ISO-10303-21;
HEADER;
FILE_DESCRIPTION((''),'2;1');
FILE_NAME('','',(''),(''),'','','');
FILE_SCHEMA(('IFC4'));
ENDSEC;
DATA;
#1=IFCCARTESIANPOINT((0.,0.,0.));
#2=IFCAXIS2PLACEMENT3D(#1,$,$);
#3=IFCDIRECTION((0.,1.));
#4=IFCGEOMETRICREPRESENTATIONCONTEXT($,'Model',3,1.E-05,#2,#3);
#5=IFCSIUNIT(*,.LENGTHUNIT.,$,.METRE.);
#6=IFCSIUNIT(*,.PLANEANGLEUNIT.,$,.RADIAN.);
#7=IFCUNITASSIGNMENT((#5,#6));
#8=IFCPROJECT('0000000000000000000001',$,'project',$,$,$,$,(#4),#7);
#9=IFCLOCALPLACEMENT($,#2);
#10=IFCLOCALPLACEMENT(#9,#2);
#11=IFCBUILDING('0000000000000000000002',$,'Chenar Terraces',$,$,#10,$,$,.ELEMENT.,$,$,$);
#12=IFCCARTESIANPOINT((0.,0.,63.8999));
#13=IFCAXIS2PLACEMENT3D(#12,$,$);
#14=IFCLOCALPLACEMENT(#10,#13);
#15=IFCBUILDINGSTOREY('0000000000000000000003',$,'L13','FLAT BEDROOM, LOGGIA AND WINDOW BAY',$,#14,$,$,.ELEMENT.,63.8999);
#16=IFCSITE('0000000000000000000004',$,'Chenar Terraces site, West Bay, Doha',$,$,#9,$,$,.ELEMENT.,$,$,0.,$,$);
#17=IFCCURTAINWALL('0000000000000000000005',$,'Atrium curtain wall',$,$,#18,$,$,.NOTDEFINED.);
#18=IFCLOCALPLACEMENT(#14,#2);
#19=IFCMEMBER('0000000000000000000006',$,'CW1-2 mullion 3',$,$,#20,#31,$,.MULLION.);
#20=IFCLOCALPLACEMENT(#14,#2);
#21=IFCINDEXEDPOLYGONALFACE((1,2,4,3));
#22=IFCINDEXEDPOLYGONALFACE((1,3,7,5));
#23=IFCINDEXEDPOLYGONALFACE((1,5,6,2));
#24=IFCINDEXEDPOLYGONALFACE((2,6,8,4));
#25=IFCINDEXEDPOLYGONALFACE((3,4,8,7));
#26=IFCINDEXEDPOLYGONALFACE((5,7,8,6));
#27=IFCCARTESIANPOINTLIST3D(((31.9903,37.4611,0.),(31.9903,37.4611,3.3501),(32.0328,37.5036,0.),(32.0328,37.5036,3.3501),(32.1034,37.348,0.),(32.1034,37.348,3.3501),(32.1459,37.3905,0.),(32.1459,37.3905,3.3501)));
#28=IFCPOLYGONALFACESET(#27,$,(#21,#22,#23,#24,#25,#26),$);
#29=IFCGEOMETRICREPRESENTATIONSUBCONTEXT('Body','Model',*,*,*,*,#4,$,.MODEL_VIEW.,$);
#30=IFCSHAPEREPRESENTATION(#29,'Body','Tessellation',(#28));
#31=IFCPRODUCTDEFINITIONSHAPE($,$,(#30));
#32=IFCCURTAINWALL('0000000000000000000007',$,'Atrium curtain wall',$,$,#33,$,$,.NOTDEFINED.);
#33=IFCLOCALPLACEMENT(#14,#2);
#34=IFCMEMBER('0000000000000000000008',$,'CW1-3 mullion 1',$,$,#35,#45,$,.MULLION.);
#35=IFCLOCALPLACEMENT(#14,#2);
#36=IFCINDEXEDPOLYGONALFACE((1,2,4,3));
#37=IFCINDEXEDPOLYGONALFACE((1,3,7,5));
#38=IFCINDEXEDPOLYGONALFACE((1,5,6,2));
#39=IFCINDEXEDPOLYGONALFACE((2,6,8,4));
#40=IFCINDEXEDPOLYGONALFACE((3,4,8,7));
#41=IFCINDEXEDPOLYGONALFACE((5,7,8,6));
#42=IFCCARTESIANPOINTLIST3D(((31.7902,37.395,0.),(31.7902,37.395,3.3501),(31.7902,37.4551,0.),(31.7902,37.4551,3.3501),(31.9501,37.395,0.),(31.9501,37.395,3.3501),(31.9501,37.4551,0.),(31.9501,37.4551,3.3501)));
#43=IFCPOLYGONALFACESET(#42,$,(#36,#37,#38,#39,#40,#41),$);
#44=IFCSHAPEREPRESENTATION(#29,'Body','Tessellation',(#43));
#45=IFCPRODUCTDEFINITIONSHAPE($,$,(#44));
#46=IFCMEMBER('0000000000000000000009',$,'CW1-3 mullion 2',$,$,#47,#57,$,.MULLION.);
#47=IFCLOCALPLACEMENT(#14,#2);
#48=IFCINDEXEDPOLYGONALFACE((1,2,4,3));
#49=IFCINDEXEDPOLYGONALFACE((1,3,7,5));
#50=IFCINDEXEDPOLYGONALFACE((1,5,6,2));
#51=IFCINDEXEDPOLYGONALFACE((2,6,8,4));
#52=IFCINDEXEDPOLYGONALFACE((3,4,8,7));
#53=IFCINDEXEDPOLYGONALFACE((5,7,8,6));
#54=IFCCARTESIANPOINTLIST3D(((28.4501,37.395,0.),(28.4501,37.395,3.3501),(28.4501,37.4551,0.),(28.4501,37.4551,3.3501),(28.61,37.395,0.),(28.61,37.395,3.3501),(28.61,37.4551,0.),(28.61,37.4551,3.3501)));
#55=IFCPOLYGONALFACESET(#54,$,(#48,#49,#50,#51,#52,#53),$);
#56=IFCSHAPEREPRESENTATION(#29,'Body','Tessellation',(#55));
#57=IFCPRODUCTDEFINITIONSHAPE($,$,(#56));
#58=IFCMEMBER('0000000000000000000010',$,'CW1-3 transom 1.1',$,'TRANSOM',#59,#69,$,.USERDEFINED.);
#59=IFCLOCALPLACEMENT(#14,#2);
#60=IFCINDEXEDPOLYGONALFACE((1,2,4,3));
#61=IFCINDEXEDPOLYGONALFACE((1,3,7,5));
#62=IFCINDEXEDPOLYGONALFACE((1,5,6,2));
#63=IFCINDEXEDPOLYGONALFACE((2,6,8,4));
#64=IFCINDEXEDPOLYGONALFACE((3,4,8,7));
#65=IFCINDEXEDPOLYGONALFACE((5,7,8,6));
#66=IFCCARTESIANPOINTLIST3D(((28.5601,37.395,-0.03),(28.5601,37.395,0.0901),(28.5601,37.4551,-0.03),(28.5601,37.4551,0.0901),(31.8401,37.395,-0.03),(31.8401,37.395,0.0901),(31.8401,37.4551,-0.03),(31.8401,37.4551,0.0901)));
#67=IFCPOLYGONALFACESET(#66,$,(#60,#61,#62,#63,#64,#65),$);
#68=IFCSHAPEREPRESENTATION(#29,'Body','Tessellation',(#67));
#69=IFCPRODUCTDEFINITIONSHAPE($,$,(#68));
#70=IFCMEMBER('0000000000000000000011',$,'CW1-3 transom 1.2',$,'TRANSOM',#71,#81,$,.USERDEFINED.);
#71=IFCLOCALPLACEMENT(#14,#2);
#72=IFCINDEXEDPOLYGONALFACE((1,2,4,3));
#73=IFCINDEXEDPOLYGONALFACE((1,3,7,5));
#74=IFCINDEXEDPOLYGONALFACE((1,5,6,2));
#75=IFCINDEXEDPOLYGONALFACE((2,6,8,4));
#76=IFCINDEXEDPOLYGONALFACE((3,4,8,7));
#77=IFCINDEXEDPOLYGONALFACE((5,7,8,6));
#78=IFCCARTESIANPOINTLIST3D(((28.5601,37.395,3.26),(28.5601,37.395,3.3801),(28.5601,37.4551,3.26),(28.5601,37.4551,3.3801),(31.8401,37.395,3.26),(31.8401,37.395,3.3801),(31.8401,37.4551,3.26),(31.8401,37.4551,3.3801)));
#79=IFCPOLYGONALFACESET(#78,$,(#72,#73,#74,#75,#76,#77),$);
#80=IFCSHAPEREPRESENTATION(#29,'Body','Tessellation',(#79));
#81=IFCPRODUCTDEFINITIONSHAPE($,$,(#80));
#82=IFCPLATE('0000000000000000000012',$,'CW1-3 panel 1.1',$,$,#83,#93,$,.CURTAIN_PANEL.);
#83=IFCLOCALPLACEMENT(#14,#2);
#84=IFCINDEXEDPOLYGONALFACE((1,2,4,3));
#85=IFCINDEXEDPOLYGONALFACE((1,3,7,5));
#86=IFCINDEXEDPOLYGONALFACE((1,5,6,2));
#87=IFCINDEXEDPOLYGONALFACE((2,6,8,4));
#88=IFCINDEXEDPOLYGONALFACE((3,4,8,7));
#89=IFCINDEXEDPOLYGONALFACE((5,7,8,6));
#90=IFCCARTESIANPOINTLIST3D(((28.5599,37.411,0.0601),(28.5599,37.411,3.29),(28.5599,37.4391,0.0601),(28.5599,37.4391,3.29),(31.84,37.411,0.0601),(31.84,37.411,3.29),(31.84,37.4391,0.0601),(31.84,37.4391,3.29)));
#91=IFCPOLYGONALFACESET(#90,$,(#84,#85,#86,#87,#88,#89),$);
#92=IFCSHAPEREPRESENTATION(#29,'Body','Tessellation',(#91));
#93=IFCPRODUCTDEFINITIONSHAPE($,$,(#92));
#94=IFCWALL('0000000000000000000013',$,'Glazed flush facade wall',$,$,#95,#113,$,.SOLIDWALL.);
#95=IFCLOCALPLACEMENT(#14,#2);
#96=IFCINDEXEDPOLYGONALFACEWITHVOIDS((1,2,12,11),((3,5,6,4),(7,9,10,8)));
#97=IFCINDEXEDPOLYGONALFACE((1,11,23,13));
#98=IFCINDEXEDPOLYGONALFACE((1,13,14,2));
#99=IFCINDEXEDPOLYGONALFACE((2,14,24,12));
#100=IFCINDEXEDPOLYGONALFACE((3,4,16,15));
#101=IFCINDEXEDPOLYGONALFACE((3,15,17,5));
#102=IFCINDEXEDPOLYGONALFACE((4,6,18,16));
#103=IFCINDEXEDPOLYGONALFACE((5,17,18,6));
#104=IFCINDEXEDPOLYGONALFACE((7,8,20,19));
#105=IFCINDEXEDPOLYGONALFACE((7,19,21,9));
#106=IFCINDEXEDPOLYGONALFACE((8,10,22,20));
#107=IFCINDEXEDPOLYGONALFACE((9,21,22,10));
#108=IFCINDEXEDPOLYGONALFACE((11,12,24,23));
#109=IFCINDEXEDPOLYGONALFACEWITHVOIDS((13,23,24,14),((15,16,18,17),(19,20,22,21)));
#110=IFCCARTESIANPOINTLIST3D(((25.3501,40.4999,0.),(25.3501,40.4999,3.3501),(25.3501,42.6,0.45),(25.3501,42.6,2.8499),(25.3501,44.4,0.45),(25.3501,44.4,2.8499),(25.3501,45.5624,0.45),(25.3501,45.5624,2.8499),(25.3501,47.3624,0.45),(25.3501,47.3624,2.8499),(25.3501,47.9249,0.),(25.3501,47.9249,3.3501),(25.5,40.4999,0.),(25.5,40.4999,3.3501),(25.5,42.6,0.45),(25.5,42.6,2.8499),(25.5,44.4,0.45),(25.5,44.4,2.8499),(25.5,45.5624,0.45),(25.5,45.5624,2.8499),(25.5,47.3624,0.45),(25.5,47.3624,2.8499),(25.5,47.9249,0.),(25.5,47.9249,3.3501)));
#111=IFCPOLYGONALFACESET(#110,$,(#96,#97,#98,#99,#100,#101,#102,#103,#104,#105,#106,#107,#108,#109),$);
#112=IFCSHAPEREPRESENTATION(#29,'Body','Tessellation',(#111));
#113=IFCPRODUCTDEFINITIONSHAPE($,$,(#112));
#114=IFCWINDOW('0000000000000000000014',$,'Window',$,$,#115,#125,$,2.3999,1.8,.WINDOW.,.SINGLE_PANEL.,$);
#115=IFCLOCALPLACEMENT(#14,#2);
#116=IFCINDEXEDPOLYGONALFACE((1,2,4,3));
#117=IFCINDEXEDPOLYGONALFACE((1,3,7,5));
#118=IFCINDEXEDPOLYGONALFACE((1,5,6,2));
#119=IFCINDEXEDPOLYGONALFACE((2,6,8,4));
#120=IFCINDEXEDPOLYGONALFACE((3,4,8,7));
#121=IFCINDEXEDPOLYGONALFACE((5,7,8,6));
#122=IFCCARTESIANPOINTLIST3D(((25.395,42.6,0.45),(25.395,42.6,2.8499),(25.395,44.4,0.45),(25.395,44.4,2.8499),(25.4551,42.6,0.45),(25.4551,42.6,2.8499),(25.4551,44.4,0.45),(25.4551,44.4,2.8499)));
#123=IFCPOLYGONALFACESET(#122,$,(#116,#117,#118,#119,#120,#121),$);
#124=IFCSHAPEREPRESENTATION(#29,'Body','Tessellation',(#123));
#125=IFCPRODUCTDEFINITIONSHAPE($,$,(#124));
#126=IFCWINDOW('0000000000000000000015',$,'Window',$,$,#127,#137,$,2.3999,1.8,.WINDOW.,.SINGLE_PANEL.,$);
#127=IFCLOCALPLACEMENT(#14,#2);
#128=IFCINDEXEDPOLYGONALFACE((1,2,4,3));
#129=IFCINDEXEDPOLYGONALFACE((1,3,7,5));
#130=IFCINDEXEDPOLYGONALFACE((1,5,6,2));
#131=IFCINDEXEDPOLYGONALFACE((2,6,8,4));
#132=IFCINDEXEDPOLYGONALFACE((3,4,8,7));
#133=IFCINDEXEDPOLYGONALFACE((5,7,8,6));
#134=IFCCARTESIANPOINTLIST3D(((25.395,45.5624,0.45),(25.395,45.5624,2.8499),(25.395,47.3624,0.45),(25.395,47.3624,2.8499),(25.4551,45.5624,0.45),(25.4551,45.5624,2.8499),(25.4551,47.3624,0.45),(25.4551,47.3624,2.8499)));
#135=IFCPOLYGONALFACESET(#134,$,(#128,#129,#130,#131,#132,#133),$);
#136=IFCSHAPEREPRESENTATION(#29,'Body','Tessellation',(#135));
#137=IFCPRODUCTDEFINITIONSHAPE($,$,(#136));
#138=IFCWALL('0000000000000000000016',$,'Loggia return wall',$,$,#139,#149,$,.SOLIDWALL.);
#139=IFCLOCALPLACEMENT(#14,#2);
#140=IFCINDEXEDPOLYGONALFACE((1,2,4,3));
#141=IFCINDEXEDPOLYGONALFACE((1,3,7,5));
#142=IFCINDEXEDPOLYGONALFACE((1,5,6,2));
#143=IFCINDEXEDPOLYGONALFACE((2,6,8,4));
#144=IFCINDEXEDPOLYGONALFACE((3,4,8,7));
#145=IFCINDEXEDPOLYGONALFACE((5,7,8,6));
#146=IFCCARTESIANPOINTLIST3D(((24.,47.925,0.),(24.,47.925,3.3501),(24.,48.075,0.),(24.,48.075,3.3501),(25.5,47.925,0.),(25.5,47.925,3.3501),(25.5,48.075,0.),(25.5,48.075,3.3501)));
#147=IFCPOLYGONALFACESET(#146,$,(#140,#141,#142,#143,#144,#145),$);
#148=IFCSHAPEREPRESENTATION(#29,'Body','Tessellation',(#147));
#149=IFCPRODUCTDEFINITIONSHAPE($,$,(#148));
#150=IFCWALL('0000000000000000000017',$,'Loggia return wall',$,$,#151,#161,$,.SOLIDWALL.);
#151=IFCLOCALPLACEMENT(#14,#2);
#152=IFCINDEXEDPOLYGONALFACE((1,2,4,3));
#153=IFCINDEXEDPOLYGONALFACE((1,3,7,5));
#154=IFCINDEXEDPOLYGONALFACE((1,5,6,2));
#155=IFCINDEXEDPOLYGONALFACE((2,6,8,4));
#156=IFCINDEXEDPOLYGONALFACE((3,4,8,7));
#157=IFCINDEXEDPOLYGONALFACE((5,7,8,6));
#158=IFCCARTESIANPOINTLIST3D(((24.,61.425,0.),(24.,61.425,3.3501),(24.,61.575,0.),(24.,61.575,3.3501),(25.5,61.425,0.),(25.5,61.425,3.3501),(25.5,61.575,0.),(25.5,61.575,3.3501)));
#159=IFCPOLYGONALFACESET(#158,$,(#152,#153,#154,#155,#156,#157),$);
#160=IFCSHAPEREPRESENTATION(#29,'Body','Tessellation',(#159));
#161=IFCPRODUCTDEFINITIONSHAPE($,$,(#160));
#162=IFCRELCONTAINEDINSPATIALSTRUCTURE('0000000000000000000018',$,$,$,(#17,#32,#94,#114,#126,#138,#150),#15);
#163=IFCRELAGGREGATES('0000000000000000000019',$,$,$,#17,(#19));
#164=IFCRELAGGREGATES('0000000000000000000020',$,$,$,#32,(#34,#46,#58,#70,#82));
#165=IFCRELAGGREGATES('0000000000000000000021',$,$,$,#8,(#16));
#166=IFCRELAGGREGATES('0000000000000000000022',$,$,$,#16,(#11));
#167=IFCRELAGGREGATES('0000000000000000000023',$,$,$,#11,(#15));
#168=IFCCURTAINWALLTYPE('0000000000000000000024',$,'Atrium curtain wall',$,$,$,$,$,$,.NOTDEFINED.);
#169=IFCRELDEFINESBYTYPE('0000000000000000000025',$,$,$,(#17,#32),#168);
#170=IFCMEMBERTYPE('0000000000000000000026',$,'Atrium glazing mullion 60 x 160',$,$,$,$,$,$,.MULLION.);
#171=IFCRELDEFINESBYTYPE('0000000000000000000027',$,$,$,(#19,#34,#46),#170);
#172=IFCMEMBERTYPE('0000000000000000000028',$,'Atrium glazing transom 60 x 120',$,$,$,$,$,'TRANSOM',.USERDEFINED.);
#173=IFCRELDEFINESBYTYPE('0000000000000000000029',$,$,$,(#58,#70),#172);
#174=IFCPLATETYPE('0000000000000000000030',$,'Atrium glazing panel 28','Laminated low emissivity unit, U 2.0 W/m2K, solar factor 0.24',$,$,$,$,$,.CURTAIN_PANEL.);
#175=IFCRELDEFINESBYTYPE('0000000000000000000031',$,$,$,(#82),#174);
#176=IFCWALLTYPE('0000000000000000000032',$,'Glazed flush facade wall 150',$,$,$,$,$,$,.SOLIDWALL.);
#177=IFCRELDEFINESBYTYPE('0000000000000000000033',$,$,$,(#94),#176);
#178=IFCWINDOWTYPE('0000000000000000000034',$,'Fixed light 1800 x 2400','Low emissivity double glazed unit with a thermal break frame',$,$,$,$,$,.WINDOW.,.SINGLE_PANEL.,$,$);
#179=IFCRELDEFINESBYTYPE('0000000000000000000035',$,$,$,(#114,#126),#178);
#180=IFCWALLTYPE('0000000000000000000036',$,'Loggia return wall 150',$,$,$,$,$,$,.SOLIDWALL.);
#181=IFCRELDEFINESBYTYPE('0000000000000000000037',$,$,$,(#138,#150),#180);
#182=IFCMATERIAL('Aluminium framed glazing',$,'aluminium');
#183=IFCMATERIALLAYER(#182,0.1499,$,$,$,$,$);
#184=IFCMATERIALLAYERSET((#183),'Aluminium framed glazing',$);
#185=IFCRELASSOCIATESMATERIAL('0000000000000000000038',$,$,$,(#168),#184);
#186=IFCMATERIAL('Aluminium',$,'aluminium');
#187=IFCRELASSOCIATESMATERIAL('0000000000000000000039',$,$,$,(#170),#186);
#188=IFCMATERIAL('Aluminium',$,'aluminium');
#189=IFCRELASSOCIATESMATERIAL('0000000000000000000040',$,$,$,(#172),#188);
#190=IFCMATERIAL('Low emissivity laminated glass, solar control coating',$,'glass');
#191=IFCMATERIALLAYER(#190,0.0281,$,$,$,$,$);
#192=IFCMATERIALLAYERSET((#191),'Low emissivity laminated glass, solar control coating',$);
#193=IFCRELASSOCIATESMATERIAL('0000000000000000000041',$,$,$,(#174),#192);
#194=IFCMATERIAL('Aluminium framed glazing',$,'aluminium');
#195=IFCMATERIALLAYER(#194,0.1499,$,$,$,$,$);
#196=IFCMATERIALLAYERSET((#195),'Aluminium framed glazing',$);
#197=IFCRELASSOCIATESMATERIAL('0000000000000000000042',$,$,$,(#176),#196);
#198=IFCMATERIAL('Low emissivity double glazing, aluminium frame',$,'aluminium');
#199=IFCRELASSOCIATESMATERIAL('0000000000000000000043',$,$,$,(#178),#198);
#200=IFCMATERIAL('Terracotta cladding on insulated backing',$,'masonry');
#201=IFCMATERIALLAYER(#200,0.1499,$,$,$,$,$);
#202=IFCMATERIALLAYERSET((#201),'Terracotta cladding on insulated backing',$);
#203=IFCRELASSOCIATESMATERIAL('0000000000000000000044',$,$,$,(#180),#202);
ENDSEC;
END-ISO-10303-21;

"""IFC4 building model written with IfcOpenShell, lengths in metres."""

from ifc_helpers import new_model, si_unit, direction, frame, frame_2d, origin, origin_2d, place, context, subcontext, project, spatial, rectangle, extrude, material, layer, layer_set, material_profile, profile_set, type_object, element, fill, aggregate, save


model = new_model("IFC4")

# Units and contexts
model_context = context("Model", 3, precision=1e-05, world=origin(), true_north=direction((0.0, 1.0)))
body_context = subcontext(model_context, "Body", "Model", "MODEL_VIEW")
ifc_project = project(units=[si_unit("LENGTHUNIT", "METRE"), si_unit("PLANEANGLEUNIT", "RADIAN")], contexts=[model_context])

# Site, building, storey
site_placement = place(None, origin())
site = spatial("IfcSite", under=ifc_project, at=site_placement, Name="Chenar Terraces site, West Bay, Doha", CompositionType="ELEMENT", RefElevation=0.0)
building_placement = place(site_placement, origin())
building = spatial("IfcBuilding", under=site, at=building_placement, Name="Chenar Terraces", CompositionType="ELEMENT")
storey_placement = place(building_placement, frame((0.0, 0.0, 63.8999)))
storey = spatial("IfcBuildingStorey", under=building, at=storey_placement, Name="L13", Description="FLAT BEDROOM, LOGGIA AND WINDOW BAY", CompositionType="ELEMENT", Elevation=63.8999)

# Curtain wall, member
ifc_material_1 = material(Name="Aluminium framed glazing", Category="aluminium")
ifc_layer_1 = layer(ifc_material_1, 0.1499)
ifc_layer_set_1 = layer_set([ifc_layer_1], Name="Aluminium framed glazing")
curtain_wall_type = type_object("IfcCurtainWallType", Name="Atrium curtain wall", PredefinedType="NOTDEFINED", material=ifc_layer_set_1)
placement = place(storey_placement, origin())
curtain_wall_1 = element("IfcCurtainWall", 1, at=placement, inside=storey, type_object=curtain_wall_type, Name="Atrium curtain wall", PredefinedType="NOTDEFINED")
ifc_material_2 = material(Name="Aluminium", Category="aluminium")
ifc_material_profile_1 = material_profile(ifc_material_2, rectangle(XDim=0.0601, YDim=0.1599, at=origin_2d()), Name="Atrium glazing mullion 60 x 160")
ifc_profile_set_1 = profile_set([ifc_material_profile_1], Name="Aluminium")
member_type_1 = type_object("IfcMemberType", Name="Atrium glazing mullion 60 x 160", PredefinedType="MULLION", material=ifc_profile_set_1)
member_1_placement = place(storey_placement, frame((32.0681, 37.4258, 0.0), z_axis=(0.0, 0.0, 1.0), x_axis=(-0.707107, -0.707107, 0.0)))
member_1 = element("IfcMember", 2, at=member_1_placement, type_object=member_type_1, Name="CW1-2 mullion 3", PredefinedType="MULLION", context=body_context, shape_type="SweptSolid", body=[
    extrude(rectangle(XDim=0.0601, YDim=0.1599, at=origin_2d()), origin(), (0.0, 0.0, 1.0), 3.3501),
])
aggregate(curtain_wall_1, [member_1])

# Curtain wall, members, plate
curtain_wall_2 = element("IfcCurtainWall", 3, at=placement, inside=storey, type_object=curtain_wall_type, Name="Atrium curtain wall", PredefinedType="NOTDEFINED")
member_2_placement = place(storey_placement, frame((31.8701, 37.425, 0.0), z_axis=(0.0, 0.0, 1.0), x_axis=(0.0, -1.0, 0.0)))
member_2 = element("IfcMember", 4, at=member_2_placement, type_object=member_type_1, Name="CW1-3 mullion 1", PredefinedType="MULLION", context=body_context, shape_type="SweptSolid", body=[
    extrude(rectangle(XDim=0.0601, YDim=0.1599, at=origin_2d()), origin(), (0.0, 0.0, 1.0), 3.3501),
])
member_3_placement = place(storey_placement, frame((28.53, 37.425, 0.0), z_axis=(0.0, 0.0, 1.0), x_axis=(0.0, -1.0, 0.0)))
member_3 = element("IfcMember", 5, at=member_3_placement, type_object=member_type_1, Name="CW1-3 mullion 2", PredefinedType="MULLION", context=body_context, shape_type="SweptSolid", body=[
    extrude(rectangle(XDim=0.0601, YDim=0.1599, at=origin_2d()), origin(), (0.0, 0.0, 1.0), 3.3501),
])
ifc_material_3 = material(Name="Aluminium", Category="aluminium")
ifc_material_profile_2 = material_profile(ifc_material_3, rectangle(XDim=0.0601, YDim=0.1201, at=origin_2d()), Name="Atrium glazing transom 60 x 120")
ifc_profile_set_2 = profile_set([ifc_material_profile_2], Name="Aluminium")
member_type_2 = type_object("IfcMemberType", Name="Atrium glazing transom 60 x 120", ElementType="TRANSOM", PredefinedType="USERDEFINED", material=ifc_profile_set_2)
member_4_placement = place(storey_placement, frame((31.8401, 37.425, 0.03), z_axis=(-1.0, 0.0, 0.0), x_axis=(0.0, -1.0, 0.0)))
member_4 = element("IfcMember", 6, at=member_4_placement, type_object=member_type_2, Name="CW1-3 transom 1.1", ObjectType="TRANSOM", PredefinedType="USERDEFINED", context=body_context, shape_type="SweptSolid", body=[
    extrude(rectangle(XDim=0.0601, YDim=0.1201, at=origin_2d()), origin(), (0.0, 0.0, 1.0), 3.28),
])
member_5_placement = place(storey_placement, frame((31.8401, 37.425, 3.3201), z_axis=(-1.0, 0.0, 0.0), x_axis=(0.0, -1.0, 0.0)))
member_5 = element("IfcMember", 7, at=member_5_placement, type_object=member_type_2, Name="CW1-3 transom 1.2", ObjectType="TRANSOM", PredefinedType="USERDEFINED", context=body_context, shape_type="SweptSolid", body=[
    extrude(rectangle(XDim=0.0601, YDim=0.1201, at=origin_2d()), origin(), (0.0, 0.0, 1.0), 3.28),
])
ifc_material_4 = material(Name="Low emissivity laminated glass, solar control coating", Category="glass")
ifc_layer_2 = layer(ifc_material_4, 0.0281)
ifc_layer_set_2 = layer_set([ifc_layer_2], Name="Low emissivity laminated glass, solar control coating")
plate_type = type_object("IfcPlateType", Name="Atrium glazing panel 28", Description="Laminated low emissivity unit, U 2.0 W/m2K, solar factor 0.24", PredefinedType="CURTAIN_PANEL", material=ifc_layer_set_2)
plate_placement = place(storey_placement, frame((30.2, 37.425, 0.0601), z_axis=(0.0, 0.0, 1.0), x_axis=(-1.0, 0.0, 0.0)))
plate = element("IfcPlate", 8, at=plate_placement, type_object=plate_type, Name="CW1-3 panel 1.1", PredefinedType="CURTAIN_PANEL", context=body_context, shape_type="SweptSolid", body=[
    extrude(rectangle(XDim=3.28, YDim=0.0281, at=origin_2d()), origin(), (0.0, 0.0, 1.0), 3.23),
])
aggregate(curtain_wall_2, [member_2, member_3, member_4, member_5, plate])

# Wall, openings, windows
ifc_material_5 = material(Name="Aluminium framed glazing", Category="aluminium")
ifc_layer_3 = layer(ifc_material_5, 0.1499)
ifc_layer_set_3 = layer_set([ifc_layer_3], Name="Aluminium framed glazing")
wall_type_1 = type_object("IfcWallType", Name="Glazed flush facade wall 150", PredefinedType="SOLIDWALL", material=ifc_layer_set_3)
wall_1_placement = place(storey_placement, frame((25.425, 40.5, 0.0), z_axis=(0.0, 0.0, 1.0), x_axis=(0.0, 1.0, 0.0)))
wall_1 = element("IfcWall", 9, at=wall_1_placement, inside=storey, type_object=wall_type_1, Name="Glazed flush facade wall", PredefinedType="SOLIDWALL", context=body_context, shape_type="SweptSolid", body=[
    extrude(rectangle(XDim=7.425, YDim=0.1499, at=frame_2d((3.7124, 0.0))), origin(), (0.0, 0.0, 1.0), 3.3501),
])
opening_1_placement = place(wall_1_placement, frame((2.1001, 0.0, 0.45)))
opening_1 = element("IfcOpeningElement", 10, at=opening_1_placement, cuts=wall_1, PredefinedType="OPENING", context=body_context, shape_type="SweptSolid", body=[
    extrude(rectangle(XDim=1.8, YDim=2.3999, at=frame_2d((0.8999, 1.2))), frame((0.0, 0.085, 0.0), z_axis=(0.0, -1.0, 0.0), x_axis=(1.0, 0.0, 0.0)), (0.0, 0.0, 1.0), 0.1699),
])
opening_2_placement = place(wall_1_placement, frame((5.0625, 0.0, 0.45)))
opening_2 = element("IfcOpeningElement", 11, at=opening_2_placement, cuts=wall_1, PredefinedType="OPENING", context=body_context, shape_type="SweptSolid", body=[
    extrude(rectangle(XDim=1.8, YDim=2.3999, at=frame_2d((0.8999, 1.2))), frame((0.0, 0.085, 0.0), z_axis=(0.0, -1.0, 0.0), x_axis=(1.0, 0.0, 0.0)), (0.0, 0.0, 1.0), 0.1699),
])
ifc_material_6 = material(Name="Low emissivity double glazing, aluminium frame", Category="aluminium")
window_type_1 = type_object("IfcWindowType", Name="Fixed light 1800 x 2400", Description="Low emissivity double glazed unit with a thermal break frame", PartitioningType="SINGLE_PANEL", PredefinedType="WINDOW", material=ifc_material_6)
window_1_placement = place(opening_1_placement, origin())
window_1 = element("IfcWindow", 12, at=window_1_placement, inside=storey, type_object=window_type_1, Name="Window", OverallHeight=2.3999, OverallWidth=1.8, PartitioningType="SINGLE_PANEL", PredefinedType="WINDOW", context=body_context, shape_type="SweptSolid", body=[
    extrude(rectangle(XDim=1.8, YDim=2.3999, at=frame_2d((0.8999, 1.2))), frame((0.0, 0.03, 0.0), z_axis=(0.0, -1.0, 0.0), x_axis=(1.0, 0.0, 0.0)), (0.0, 0.0, 1.0), 0.0601),
])
fill(opening_1, window_1)
window_2_placement = place(opening_2_placement, origin())
window_2 = element("IfcWindow", 13, at=window_2_placement, inside=storey, type_object=window_type_1, Name="Window", OverallHeight=2.3999, OverallWidth=1.8, PartitioningType="SINGLE_PANEL", PredefinedType="WINDOW", context=body_context, shape_type="SweptSolid", body=[
    extrude(rectangle(XDim=1.8, YDim=2.3999, at=frame_2d((0.8999, 1.2))), frame((0.0, 0.03, 0.0), z_axis=(0.0, -1.0, 0.0), x_axis=(1.0, 0.0, 0.0)), (0.0, 0.0, 1.0), 0.0601),
])
fill(opening_2, window_2)

# Walls
ifc_material_7 = material(Name="Terracotta cladding on insulated backing", Category="masonry")
ifc_layer_4 = layer(ifc_material_7, 0.1499)
ifc_layer_set_4 = layer_set([ifc_layer_4], Name="Terracotta cladding on insulated backing")
wall_type_2 = type_object("IfcWallType", Name="Loggia return wall 150", PredefinedType="SOLIDWALL", material=ifc_layer_set_4)
for number, where, z_axis, x_axis, name in (
    (14, (25.5, 48.0, 0.0), (0.0, 0.0, 1.0), (-1.0, 0.0, 0.0), "Loggia return wall"),
    (15, (25.5, 61.5, 0.0), (0.0, 0.0, 1.0), (-1.0, 0.0, 0.0), "Loggia return wall"),
):
    element("IfcWall", number, at=place(storey_placement, frame(where, z_axis=z_axis, x_axis=x_axis)), inside=storey, type_object=wall_type_2, Name=name, PredefinedType="SOLIDWALL", context=body_context, shape_type="SweptSolid", body=[
        extrude(rectangle(XDim=1.5, YDim=0.1499, at=frame_2d((0.75, 0.0))), origin(), (0.0, 0.0, 1.0), 3.3501),
    ])

save(model, "model.ifc")
